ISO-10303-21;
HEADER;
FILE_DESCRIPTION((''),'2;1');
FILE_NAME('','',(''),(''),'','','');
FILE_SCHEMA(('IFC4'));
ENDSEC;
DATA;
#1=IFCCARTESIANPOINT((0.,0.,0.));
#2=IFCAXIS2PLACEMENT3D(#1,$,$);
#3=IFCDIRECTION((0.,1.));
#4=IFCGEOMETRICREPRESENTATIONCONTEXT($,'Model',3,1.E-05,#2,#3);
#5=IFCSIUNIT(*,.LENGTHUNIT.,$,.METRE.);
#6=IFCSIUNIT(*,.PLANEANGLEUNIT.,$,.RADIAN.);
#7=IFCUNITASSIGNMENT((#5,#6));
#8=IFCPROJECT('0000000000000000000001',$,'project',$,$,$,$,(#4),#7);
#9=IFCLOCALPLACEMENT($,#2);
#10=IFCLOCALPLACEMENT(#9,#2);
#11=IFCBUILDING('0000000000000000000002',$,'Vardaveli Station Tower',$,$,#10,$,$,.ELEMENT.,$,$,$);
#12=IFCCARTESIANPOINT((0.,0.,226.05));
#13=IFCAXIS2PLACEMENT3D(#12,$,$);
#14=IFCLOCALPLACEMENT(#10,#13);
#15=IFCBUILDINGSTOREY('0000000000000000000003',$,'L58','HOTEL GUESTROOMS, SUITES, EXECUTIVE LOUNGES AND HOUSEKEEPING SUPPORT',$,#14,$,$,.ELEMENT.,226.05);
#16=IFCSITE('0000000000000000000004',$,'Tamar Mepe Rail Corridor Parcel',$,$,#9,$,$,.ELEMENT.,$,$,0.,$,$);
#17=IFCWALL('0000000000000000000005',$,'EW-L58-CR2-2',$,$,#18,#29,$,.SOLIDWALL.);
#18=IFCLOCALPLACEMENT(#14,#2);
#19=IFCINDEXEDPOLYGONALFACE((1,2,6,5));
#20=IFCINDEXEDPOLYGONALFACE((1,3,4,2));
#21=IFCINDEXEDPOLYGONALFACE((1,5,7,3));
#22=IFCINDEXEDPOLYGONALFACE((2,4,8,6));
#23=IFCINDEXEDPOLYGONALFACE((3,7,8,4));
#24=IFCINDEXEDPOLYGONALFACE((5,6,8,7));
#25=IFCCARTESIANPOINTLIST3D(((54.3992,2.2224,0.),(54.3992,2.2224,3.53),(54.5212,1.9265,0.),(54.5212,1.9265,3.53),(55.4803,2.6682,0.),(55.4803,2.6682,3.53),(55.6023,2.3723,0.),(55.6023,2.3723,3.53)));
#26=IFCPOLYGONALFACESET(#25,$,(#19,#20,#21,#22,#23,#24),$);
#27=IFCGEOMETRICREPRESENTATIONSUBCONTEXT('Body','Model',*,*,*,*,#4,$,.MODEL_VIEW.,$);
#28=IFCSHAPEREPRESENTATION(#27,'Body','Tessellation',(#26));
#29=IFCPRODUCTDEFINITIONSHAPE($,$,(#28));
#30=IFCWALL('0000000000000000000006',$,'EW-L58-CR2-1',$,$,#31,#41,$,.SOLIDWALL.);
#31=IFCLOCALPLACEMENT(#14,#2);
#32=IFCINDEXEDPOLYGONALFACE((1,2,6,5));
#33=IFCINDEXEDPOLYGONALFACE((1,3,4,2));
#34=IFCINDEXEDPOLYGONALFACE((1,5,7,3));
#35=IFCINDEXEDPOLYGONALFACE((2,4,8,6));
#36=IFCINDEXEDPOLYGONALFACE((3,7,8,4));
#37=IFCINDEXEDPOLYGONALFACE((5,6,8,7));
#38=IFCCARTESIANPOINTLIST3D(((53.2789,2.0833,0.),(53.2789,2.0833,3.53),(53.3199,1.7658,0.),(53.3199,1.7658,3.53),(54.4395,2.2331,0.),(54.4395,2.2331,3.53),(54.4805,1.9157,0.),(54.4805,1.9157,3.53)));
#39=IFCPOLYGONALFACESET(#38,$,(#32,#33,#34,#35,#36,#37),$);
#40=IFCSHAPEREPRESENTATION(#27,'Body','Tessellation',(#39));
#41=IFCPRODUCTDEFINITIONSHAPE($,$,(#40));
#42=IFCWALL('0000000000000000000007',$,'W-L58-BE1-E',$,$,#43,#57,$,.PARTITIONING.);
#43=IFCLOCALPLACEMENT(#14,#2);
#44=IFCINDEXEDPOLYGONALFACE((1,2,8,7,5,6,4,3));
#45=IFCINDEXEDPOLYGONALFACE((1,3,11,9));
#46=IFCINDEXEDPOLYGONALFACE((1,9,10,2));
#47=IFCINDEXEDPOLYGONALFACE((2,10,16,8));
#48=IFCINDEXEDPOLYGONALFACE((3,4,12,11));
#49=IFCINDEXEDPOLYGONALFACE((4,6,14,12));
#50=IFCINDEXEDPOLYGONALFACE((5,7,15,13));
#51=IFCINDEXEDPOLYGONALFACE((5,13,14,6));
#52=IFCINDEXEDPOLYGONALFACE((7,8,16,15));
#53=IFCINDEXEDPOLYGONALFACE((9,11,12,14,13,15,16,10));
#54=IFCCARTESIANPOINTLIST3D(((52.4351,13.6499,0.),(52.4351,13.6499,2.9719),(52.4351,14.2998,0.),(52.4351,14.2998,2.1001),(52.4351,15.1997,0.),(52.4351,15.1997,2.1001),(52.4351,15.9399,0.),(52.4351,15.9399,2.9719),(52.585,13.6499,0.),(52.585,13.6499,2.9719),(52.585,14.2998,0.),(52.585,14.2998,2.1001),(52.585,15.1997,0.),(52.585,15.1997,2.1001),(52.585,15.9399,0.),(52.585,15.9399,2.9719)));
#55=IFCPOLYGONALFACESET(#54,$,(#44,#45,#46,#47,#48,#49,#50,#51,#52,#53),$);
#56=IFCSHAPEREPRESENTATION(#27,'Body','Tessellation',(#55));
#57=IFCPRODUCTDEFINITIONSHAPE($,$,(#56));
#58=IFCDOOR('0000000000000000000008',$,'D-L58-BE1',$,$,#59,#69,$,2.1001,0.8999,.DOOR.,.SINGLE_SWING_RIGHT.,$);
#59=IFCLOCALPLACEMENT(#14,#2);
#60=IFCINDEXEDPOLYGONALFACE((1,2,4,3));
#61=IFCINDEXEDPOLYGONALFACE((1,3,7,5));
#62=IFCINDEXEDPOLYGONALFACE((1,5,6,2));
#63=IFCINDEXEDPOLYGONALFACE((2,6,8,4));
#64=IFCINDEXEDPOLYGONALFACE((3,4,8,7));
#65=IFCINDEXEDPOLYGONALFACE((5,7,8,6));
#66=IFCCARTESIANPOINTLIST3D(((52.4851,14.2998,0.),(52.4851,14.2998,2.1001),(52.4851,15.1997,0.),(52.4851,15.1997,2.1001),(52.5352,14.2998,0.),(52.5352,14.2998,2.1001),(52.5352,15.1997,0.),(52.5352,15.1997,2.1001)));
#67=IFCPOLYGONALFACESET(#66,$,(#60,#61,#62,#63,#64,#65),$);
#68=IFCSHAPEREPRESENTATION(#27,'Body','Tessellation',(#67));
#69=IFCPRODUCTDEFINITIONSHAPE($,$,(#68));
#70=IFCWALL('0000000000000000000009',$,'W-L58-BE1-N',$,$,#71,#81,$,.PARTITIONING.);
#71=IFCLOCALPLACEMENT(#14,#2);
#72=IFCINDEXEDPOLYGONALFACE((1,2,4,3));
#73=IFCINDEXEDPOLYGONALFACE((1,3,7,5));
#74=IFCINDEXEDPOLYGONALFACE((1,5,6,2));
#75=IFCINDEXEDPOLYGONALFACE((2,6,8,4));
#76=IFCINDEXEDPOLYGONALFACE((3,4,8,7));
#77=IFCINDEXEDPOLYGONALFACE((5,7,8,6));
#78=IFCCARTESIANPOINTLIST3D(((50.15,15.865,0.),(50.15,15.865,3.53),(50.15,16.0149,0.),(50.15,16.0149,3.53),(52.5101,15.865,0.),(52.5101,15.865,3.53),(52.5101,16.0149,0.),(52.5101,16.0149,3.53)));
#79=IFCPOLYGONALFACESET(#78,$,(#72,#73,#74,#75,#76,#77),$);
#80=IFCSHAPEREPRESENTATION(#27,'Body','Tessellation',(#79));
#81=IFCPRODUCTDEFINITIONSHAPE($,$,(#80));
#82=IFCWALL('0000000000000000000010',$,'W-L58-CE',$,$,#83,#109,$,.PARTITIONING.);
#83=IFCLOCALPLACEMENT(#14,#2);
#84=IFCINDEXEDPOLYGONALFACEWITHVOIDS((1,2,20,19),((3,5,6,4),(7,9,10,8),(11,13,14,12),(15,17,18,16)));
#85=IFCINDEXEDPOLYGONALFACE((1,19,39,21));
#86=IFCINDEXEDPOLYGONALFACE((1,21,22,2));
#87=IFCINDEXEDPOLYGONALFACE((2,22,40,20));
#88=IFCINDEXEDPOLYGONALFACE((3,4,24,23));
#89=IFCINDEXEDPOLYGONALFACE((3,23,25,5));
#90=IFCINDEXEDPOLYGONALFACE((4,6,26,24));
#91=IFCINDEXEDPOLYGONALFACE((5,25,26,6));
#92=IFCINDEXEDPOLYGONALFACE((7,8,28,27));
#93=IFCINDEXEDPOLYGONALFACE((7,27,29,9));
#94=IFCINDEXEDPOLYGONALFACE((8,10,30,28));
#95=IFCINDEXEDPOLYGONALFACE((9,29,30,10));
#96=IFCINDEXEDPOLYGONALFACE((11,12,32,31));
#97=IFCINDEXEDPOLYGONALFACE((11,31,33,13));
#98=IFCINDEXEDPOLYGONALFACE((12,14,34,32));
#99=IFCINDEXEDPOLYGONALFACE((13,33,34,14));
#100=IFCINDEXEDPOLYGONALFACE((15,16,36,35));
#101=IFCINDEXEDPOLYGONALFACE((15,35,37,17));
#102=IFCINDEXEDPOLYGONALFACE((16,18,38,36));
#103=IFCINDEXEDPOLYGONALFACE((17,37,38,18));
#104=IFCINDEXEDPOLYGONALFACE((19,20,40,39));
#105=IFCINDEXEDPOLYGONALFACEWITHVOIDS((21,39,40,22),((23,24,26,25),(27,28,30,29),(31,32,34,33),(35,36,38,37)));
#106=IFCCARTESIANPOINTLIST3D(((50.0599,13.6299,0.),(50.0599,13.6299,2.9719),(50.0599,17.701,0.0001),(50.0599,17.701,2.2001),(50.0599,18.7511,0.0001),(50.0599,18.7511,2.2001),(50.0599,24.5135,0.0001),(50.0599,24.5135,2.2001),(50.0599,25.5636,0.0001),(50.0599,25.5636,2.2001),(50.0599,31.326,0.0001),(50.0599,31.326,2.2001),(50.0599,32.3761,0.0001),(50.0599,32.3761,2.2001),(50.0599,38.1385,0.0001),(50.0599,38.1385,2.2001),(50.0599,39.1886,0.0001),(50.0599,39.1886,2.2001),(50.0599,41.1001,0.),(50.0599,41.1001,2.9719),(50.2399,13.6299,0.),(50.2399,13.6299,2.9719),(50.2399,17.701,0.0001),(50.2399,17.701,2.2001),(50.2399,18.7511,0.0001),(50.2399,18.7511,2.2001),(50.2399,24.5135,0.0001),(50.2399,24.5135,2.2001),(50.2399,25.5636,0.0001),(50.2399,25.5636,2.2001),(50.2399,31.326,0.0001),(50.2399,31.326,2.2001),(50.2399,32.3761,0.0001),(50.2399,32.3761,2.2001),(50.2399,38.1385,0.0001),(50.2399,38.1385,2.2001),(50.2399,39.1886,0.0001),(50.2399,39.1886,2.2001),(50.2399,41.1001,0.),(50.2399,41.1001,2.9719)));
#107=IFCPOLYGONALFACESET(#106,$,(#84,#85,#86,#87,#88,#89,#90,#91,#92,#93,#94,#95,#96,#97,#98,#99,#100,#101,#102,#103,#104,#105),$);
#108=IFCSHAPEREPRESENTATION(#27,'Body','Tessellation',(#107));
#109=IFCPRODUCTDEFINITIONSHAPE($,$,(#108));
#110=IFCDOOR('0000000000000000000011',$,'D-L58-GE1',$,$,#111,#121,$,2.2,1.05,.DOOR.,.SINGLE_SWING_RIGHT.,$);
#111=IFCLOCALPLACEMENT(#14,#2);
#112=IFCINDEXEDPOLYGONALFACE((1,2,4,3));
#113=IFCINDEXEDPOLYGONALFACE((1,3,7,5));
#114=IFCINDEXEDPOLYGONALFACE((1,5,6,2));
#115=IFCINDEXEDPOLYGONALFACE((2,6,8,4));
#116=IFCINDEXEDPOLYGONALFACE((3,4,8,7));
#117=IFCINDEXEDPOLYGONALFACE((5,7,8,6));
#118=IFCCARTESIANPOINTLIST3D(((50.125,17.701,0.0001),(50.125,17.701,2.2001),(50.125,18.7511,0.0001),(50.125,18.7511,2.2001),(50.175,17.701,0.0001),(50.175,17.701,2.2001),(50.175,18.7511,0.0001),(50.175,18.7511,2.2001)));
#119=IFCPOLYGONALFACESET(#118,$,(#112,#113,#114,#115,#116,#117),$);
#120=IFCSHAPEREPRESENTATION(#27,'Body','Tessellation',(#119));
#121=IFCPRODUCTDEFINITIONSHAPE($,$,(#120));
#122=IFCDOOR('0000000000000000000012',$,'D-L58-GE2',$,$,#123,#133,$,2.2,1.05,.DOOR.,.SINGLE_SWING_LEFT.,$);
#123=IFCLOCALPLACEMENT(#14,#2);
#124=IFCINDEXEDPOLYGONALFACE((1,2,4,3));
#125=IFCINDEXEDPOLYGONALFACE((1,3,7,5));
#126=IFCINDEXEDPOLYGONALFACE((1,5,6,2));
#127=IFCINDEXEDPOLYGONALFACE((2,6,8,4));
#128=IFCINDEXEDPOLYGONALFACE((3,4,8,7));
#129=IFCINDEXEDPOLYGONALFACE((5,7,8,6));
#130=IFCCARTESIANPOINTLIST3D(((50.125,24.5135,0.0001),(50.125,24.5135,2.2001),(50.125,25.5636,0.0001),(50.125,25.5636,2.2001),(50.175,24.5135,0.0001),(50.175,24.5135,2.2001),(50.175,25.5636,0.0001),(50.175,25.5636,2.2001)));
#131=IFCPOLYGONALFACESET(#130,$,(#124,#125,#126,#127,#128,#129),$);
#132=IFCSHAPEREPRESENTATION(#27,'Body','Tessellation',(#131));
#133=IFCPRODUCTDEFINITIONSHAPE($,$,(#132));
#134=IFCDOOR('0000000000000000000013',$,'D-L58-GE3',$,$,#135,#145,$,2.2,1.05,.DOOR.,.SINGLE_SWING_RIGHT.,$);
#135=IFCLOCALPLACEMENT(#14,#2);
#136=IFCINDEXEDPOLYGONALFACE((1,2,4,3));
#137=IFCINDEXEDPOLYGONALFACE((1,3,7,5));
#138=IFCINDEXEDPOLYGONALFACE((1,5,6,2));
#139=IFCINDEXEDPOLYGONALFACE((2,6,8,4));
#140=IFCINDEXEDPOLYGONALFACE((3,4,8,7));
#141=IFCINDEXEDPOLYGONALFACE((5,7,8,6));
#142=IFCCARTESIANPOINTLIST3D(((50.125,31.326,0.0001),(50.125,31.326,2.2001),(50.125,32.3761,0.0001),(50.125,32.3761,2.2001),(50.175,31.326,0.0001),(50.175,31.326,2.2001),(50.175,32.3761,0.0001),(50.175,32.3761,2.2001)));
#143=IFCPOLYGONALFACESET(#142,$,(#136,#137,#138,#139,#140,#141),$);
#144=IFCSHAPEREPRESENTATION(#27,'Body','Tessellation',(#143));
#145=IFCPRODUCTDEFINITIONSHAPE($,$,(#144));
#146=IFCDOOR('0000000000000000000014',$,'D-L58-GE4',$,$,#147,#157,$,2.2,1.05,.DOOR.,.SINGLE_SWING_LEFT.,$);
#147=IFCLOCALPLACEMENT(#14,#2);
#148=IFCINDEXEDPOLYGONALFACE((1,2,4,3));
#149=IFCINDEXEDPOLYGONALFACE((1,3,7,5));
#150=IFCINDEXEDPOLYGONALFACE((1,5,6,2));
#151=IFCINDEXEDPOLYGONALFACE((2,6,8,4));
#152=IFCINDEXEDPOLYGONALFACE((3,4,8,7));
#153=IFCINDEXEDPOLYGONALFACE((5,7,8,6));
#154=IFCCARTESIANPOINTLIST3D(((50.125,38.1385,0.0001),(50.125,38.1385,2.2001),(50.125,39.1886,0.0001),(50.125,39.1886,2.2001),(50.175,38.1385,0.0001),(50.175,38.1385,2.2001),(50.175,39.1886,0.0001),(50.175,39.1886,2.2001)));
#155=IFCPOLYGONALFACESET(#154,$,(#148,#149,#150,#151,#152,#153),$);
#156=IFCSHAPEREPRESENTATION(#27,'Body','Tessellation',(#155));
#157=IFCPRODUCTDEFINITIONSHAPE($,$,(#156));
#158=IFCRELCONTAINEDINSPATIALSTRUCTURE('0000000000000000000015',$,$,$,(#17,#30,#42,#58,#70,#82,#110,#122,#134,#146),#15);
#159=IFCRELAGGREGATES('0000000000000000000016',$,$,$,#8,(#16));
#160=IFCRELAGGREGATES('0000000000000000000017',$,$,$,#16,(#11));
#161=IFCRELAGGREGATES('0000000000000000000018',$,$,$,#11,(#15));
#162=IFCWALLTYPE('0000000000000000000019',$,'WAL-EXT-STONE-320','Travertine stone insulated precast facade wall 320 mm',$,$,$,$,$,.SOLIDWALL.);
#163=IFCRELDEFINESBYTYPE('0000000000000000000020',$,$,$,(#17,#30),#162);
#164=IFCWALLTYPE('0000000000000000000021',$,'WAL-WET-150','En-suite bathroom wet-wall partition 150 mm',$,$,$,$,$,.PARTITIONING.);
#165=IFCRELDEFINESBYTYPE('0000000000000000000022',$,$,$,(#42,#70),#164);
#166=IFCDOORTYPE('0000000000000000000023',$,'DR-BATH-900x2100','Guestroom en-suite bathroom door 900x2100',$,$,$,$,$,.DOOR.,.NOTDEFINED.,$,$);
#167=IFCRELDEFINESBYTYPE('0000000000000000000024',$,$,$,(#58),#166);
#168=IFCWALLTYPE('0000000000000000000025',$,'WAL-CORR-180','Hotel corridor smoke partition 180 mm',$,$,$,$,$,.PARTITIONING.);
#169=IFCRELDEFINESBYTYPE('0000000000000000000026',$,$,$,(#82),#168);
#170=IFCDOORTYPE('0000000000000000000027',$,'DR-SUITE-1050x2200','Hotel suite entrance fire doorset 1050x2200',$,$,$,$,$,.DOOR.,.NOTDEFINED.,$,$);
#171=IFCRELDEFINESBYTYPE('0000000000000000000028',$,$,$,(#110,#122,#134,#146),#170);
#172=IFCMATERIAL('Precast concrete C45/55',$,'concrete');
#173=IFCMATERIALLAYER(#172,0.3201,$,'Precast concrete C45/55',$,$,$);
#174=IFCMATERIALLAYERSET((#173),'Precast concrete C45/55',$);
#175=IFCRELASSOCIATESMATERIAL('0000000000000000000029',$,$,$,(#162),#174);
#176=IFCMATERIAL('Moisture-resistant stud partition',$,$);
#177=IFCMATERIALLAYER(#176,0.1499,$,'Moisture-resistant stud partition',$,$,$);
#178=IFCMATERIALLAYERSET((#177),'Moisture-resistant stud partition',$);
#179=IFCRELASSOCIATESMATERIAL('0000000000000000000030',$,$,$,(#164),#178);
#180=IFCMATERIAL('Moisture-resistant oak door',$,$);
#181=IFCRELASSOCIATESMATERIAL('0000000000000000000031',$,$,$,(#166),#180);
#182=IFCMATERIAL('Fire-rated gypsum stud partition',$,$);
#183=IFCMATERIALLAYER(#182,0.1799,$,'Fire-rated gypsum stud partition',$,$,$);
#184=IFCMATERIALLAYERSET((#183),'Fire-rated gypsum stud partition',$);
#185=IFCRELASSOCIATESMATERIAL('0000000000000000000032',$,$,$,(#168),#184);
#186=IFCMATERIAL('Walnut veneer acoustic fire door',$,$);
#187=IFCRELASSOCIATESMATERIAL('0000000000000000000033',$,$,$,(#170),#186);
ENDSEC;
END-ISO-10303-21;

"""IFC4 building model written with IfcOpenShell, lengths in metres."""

from ifc_helpers import new_model, si_unit, direction, frame, frame_2d, origin, place, context, subcontext, project, spatial, rectangle, extrude, source, transform, mapped, material, layer, layer_set, type_object, element, fill, save


model = new_model("IFC4")

# Units and contexts
model_context = context("Model", 3, precision=1e-05, world=origin(), true_north=direction((0.0, 1.0)))
body_context = subcontext(model_context, "Body", "Model", "MODEL_VIEW")
ifc_project = project(units=[si_unit("LENGTHUNIT", "METRE"), si_unit("PLANEANGLEUNIT", "RADIAN")], contexts=[model_context])

# Site, building, storey
site_placement = place(None, origin())
site = spatial("IfcSite", under=ifc_project, at=site_placement, Name="Tamar Mepe Rail Corridor Parcel", CompositionType="ELEMENT", RefElevation=0.0)
building_placement = place(site_placement, origin())
building = spatial("IfcBuilding", under=site, at=building_placement, Name="Vardaveli Station Tower", CompositionType="ELEMENT")
storey_placement = place(building_placement, frame((0.0, 0.0, 226.05)))
storey = spatial("IfcBuildingStorey", under=building, at=storey_placement, Name="L58", Description="HOTEL GUESTROOMS, SUITES, EXECUTIVE LOUNGES AND HOUSEKEEPING SUPPORT", CompositionType="ELEMENT", Elevation=226.05)

# Shared definitions
ifc_material_1 = material(Name="Precast concrete C45/55", Category="concrete")

# Shared definitions
ifc_layer_1 = layer(ifc_material_1, 0.3201, Name="Precast concrete C45/55")
ifc_layer_set_1 = layer_set([ifc_layer_1], Name="Precast concrete C45/55")
wall_type_1 = type_object("IfcWallType", Name="WAL-EXT-STONE-320", Description="Travertine stone insulated precast facade wall 320 mm", PredefinedType="SOLIDWALL", material=ifc_layer_set_1)

# Walls
shared_shape_1 = source(origin(), body_context, "Body", "SweptSolid", [
    extrude(rectangle(XDim=1.1694, YDim=0.3201, at=frame_2d((0.5847, 0.0))), origin(), (0.0, 0.0, 1.0), 3.53),
])
wall_1_placement = place(storey_placement, frame((54.4602, 2.0745, 0.0), z_axis=(0.0, 0.0, 1.0), x_axis=(0.924479, 0.381233, 0.0)))
element("IfcWall", 1, at=wall_1_placement, inside=storey, type_object=wall_type_1, Name="EW-L58-CR2-2", PredefinedType="SOLIDWALL", context=body_context, shape_type="MappedRepresentation", body=[
    mapped(shared_shape_1, transform((0.0, 0.0, 0.0), scale=1.0)),
])
shared_shape_2 = source(origin(), body_context, "Body", "SweptSolid", [
    extrude(rectangle(XDim=1.1702, YDim=0.3201, at=frame_2d((0.585, 0.0))), origin(), (0.0, 0.0, 1.0), 3.53),
])
wall_2_placement = place(storey_placement, frame((53.2996, 1.9246, 0.0), z_axis=(0.0, 0.0, 1.0), x_axis=(0.991762, 0.12809, 0.0)))
element("IfcWall", 2, at=wall_2_placement, inside=storey, type_object=wall_type_1, Name="EW-L58-CR2-1", PredefinedType="SOLIDWALL", context=body_context, shape_type="MappedRepresentation", body=[
    mapped(shared_shape_2, transform((0.0, 0.0, 0.0), scale=1.0)),
])

# Wall, opening, door
ifc_material_2 = material(Name="Moisture-resistant stud partition")
ifc_layer_2 = layer(ifc_material_2, 0.1499, Name="Moisture-resistant stud partition")
ifc_layer_set_2 = layer_set([ifc_layer_2], Name="Moisture-resistant stud partition")
wall_type_2 = type_object("IfcWallType", Name="WAL-WET-150", Description="En-suite bathroom wet-wall partition 150 mm", PredefinedType="PARTITIONING", material=ifc_layer_set_2)
shared_shape_3 = source(origin(), body_context, "Body", "SweptSolid", [
    extrude(rectangle(XDim=2.29, YDim=0.1499, at=frame_2d((1.145, 0.0))), origin(), (0.0, 0.0, 1.0), 2.9719),
])
wall_3_placement = place(storey_placement, frame((52.51, 13.6499, 0.0), z_axis=(0.0, 0.0, 1.0), x_axis=(0.0, 1.0, 0.0)))
wall_3 = element("IfcWall", 3, at=wall_3_placement, inside=storey, type_object=wall_type_2, Name="W-L58-BE1-E", PredefinedType="PARTITIONING", context=body_context, shape_type="MappedRepresentation", body=[
    mapped(shared_shape_3, transform((0.0, 0.0, 0.0), scale=1.0)),
])
shared_shape_4 = source(origin(), body_context, "Body", "SweptSolid", [
    extrude(rectangle(XDim=0.8999, YDim=2.1001, at=frame_2d((0.45, 1.05))), frame((0.0, 0.085, 0.0), z_axis=(0.0, -1.0, 0.0), x_axis=(1.0, 0.0, 0.0)), (0.0, 0.0, 1.0), 0.1699),
])
opening_1_placement = place(wall_3_placement, frame((0.6499, 0.0, 0.0)))
opening_1 = element("IfcOpeningElement", 4, at=opening_1_placement, cuts=wall_3, PredefinedType="OPENING", context=body_context, shape_type="MappedRepresentation", body=[
    mapped(shared_shape_4, transform((0.0, 0.0, 0.0), scale=1.0)),
])
ifc_material_3 = material(Name="Moisture-resistant oak door")
door_type_1 = type_object("IfcDoorType", Name="DR-BATH-900x2100", Description="Guestroom en-suite bathroom door 900x2100", OperationType="NOTDEFINED", PredefinedType="DOOR", material=ifc_material_3)
shared_shape_5 = source(origin(), body_context, "Body", "SweptSolid", [
    extrude(rectangle(XDim=0.8999, YDim=2.1001, at=frame_2d((0.45, 1.05))), frame((0.0, 0.0249, 0.0), z_axis=(0.0, -1.0, 0.0), x_axis=(1.0, 0.0, 0.0)), (0.0, 0.0, 1.0), 0.05),
])
door_1_placement = place(opening_1_placement, origin())
door_1 = element("IfcDoor", 5, at=door_1_placement, inside=storey, type_object=door_type_1, Name="D-L58-BE1", OperationType="SINGLE_SWING_RIGHT", OverallHeight=2.1001, OverallWidth=0.8999, PredefinedType="DOOR", context=body_context, shape_type="MappedRepresentation", body=[
    mapped(shared_shape_5, transform((0.0, 0.0, 0.0), scale=1.0)),
])
fill(opening_1, door_1)

# Wall
shared_shape_6 = source(origin(), body_context, "Body", "SweptSolid", [
    extrude(rectangle(XDim=2.3601, YDim=0.1499, at=frame_2d((1.1802, 0.0))), origin(), (0.0, 0.0, 1.0), 3.53),
])
wall_4_placement = place(storey_placement, frame((50.1499, 15.9399, 0.0), z_axis=(0.0, 0.0, 1.0), x_axis=(1.0, 0.0, 0.0)))
element("IfcWall", 6, at=wall_4_placement, inside=storey, type_object=wall_type_2, Name="W-L58-BE1-N", PredefinedType="PARTITIONING", context=body_context, shape_type="MappedRepresentation", body=[
    mapped(shared_shape_6, transform((0.0, 0.0, 0.0), scale=1.0)),
])

# Wall, openings, doors
ifc_material_4 = material(Name="Fire-rated gypsum stud partition")
ifc_layer_3 = layer(ifc_material_4, 0.1799, Name="Fire-rated gypsum stud partition")
ifc_layer_set_3 = layer_set([ifc_layer_3], Name="Fire-rated gypsum stud partition")
wall_type_3 = type_object("IfcWallType", Name="WAL-CORR-180", Description="Hotel corridor smoke partition 180 mm", PredefinedType="PARTITIONING", material=ifc_layer_set_3)
shared_shape_7 = source(origin(), body_context, "Body", "SweptSolid", [
    extrude(rectangle(XDim=27.4702, YDim=0.1799, at=frame_2d((13.7351, 0.0))), origin(), (0.0, 0.0, 1.0), 2.9719),
])
wall_5_placement = place(storey_placement, frame((50.1499, 13.6299, 0.0), z_axis=(0.0, 0.0, 1.0), x_axis=(0.0, 1.0, 0.0)))
wall_5 = element("IfcWall", 7, at=wall_5_placement, inside=storey, type_object=wall_type_3, Name="W-L58-CE", PredefinedType="PARTITIONING", context=body_context, shape_type="MappedRepresentation", body=[
    mapped(shared_shape_7, transform((0.0, 0.0, 0.0), scale=1.0)),
])
shared_shape_8 = source(origin(), body_context, "Body", "SweptSolid", [
    extrude(rectangle(XDim=1.05, YDim=2.2, at=frame_2d((0.5249, 1.1001))), frame((0.0, 0.1001, 0.0), z_axis=(0.0, -1.0, 0.0), x_axis=(1.0, 0.0, 0.0)), (0.0, 0.0, 1.0), 0.2),
])
opening_2_placement = place(wall_5_placement, frame((4.0713, 0.0, 0.0)))
opening_2 = element("IfcOpeningElement", 8, at=opening_2_placement, cuts=wall_5, PredefinedType="OPENING", context=body_context, shape_type="MappedRepresentation", body=[
    mapped(shared_shape_8, transform((0.0, 0.0, 0.0), scale=1.0)),
])
opening_3_placement = place(wall_5_placement, frame((10.8838, 0.0, 0.0)))
opening_3 = element("IfcOpeningElement", 9, at=opening_3_placement, cuts=wall_5, PredefinedType="OPENING", context=body_context, shape_type="MappedRepresentation", body=[
    mapped(shared_shape_8, transform((0.0, 0.0, 0.0), scale=1.0)),
])
opening_4_placement = place(wall_5_placement, frame((17.6963, 0.0, 0.0)))
opening_4 = element("IfcOpeningElement", 10, at=opening_4_placement, cuts=wall_5, PredefinedType="OPENING", context=body_context, shape_type="MappedRepresentation", body=[
    mapped(shared_shape_8, transform((0.0, 0.0, 0.0), scale=1.0)),
])
opening_5_placement = place(wall_5_placement, frame((24.5088, 0.0, 0.0)))
opening_5 = element("IfcOpeningElement", 11, at=opening_5_placement, cuts=wall_5, PredefinedType="OPENING", context=body_context, shape_type="MappedRepresentation", body=[
    mapped(shared_shape_8, transform((0.0, 0.0, 0.0), scale=1.0)),
])
ifc_material_5 = material(Name="Walnut veneer acoustic fire door")
door_type_2 = type_object("IfcDoorType", Name="DR-SUITE-1050x2200", Description="Hotel suite entrance fire doorset 1050x2200", OperationType="NOTDEFINED", PredefinedType="DOOR", material=ifc_material_5)
shared_shape_9 = source(origin(), body_context, "Body", "SweptSolid", [
    extrude(rectangle(XDim=1.05, YDim=2.2, at=frame_2d((0.5249, 1.1001))), frame((0.0, 0.0249, 0.0), z_axis=(0.0, -1.0, 0.0), x_axis=(1.0, 0.0, 0.0)), (0.0, 0.0, 1.0), 0.05),
])
door_2_placement = place(opening_2_placement, origin())
door_2 = element("IfcDoor", 12, at=door_2_placement, inside=storey, type_object=door_type_2, Name="D-L58-GE1", OperationType="SINGLE_SWING_RIGHT", OverallHeight=2.2, OverallWidth=1.05, PredefinedType="DOOR", context=body_context, shape_type="MappedRepresentation", body=[
    mapped(shared_shape_9, transform((0.0, 0.0, 0.0), scale=1.0)),
])
fill(opening_2, door_2)
door_3_placement = place(opening_3_placement, origin())
door_3 = element("IfcDoor", 13, at=door_3_placement, inside=storey, type_object=door_type_2, Name="D-L58-GE2", OperationType="SINGLE_SWING_LEFT", OverallHeight=2.2, OverallWidth=1.05, PredefinedType="DOOR", context=body_context, shape_type="MappedRepresentation", body=[
    mapped(shared_shape_9, transform((0.0, 0.0, 0.0), scale=1.0)),
])
fill(opening_3, door_3)
door_4_placement = place(opening_4_placement, origin())
door_4 = element("IfcDoor", 14, at=door_4_placement, inside=storey, type_object=door_type_2, Name="D-L58-GE3", OperationType="SINGLE_SWING_RIGHT", OverallHeight=2.2, OverallWidth=1.05, PredefinedType="DOOR", context=body_context, shape_type="MappedRepresentation", body=[
    mapped(shared_shape_9, transform((0.0, 0.0, 0.0), scale=1.0)),
])
fill(opening_4, door_4)
door_5_placement = place(opening_5_placement, origin())
door_5 = element("IfcDoor", 15, at=door_5_placement, inside=storey, type_object=door_type_2, Name="D-L58-GE4", OperationType="SINGLE_SWING_LEFT", OverallHeight=2.2, OverallWidth=1.05, PredefinedType="DOOR", context=body_context, shape_type="MappedRepresentation", body=[
    mapped(shared_shape_9, transform((0.0, 0.0, 0.0), scale=1.0)),
])
fill(opening_5, door_5)

save(model, "model.ifc")
